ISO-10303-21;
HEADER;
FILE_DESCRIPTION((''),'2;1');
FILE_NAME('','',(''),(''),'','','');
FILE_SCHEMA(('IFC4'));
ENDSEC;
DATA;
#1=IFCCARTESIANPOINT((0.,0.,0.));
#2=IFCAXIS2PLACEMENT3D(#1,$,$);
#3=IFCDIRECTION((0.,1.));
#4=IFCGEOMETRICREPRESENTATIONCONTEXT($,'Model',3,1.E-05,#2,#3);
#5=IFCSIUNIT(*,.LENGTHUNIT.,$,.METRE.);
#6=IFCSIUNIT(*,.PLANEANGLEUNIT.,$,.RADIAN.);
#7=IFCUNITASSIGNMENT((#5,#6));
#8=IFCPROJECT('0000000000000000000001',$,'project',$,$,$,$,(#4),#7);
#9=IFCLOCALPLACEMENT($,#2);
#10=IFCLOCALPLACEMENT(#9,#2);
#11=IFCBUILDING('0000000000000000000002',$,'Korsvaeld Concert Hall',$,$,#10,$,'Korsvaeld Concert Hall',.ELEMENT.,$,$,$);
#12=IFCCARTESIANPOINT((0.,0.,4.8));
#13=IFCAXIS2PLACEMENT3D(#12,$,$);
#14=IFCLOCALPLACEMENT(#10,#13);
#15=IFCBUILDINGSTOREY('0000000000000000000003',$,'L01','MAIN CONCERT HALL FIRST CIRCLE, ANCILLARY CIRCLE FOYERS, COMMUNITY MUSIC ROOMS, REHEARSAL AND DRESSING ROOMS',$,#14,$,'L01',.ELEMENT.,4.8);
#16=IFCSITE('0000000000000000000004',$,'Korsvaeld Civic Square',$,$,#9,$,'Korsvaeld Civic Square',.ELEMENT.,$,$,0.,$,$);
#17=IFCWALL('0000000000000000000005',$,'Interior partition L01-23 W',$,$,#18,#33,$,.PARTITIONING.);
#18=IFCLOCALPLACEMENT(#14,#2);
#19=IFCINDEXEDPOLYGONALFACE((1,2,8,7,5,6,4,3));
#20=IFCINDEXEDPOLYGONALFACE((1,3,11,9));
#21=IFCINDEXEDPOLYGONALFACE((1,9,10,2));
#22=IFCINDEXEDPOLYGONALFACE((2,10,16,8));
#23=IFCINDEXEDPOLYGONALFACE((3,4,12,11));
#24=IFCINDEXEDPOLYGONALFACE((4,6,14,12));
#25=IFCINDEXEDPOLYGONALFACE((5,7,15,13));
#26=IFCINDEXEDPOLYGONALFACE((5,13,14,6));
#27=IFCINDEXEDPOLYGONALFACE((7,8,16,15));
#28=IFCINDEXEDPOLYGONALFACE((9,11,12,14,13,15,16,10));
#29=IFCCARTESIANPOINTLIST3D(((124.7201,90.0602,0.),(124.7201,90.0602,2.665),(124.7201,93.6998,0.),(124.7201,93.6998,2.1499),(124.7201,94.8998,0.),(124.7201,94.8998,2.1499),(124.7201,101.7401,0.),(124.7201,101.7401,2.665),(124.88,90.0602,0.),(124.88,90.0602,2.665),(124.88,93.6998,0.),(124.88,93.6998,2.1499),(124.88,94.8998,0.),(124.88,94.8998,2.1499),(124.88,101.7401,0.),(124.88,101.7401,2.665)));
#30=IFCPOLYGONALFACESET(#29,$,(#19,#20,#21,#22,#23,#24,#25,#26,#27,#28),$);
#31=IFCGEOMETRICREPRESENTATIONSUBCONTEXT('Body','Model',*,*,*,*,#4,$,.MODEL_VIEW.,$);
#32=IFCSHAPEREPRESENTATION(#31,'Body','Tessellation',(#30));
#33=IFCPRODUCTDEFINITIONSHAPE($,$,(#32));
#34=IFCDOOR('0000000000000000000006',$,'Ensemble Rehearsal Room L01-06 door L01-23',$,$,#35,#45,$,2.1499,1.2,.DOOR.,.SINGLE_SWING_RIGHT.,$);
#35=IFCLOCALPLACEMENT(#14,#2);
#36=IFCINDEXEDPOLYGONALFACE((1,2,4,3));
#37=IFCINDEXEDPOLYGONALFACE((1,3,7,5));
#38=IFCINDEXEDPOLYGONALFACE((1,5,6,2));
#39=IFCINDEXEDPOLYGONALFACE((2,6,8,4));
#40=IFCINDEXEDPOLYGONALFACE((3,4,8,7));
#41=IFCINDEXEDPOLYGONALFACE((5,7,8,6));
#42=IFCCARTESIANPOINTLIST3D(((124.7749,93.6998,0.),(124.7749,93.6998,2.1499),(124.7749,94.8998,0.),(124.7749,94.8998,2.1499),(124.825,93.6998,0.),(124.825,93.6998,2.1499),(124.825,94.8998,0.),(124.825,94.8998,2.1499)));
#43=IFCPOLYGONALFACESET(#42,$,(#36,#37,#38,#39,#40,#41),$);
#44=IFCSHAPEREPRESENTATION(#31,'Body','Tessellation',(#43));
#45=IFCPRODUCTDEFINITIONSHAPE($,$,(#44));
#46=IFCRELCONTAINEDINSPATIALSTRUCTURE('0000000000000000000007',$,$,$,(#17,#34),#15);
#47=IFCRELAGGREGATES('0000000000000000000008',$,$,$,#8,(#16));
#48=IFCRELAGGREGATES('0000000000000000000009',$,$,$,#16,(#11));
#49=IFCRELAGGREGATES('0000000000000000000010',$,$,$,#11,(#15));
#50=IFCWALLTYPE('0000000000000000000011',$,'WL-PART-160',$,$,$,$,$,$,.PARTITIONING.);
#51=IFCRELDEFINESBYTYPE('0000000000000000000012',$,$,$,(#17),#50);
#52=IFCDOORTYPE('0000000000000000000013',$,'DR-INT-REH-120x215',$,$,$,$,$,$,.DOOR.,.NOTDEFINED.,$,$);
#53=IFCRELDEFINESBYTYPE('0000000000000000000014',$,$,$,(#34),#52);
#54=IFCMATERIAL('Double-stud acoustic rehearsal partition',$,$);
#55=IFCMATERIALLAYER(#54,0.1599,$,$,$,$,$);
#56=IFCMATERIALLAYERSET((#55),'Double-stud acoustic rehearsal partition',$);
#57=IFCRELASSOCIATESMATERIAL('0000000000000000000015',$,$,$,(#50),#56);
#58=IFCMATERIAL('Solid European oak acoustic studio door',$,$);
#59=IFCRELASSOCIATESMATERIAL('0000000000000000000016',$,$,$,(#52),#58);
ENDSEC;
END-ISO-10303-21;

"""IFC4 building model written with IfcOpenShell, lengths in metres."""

from ifc_helpers import new_model, si_unit, direction, frame, frame_2d, origin, place, context, subcontext, project, spatial, rectangle, extrude, material, layer, layer_set, type_object, element, fill, save


model = new_model("IFC4")

# Units and contexts
model_context = context("Model", 3, precision=1e-05, world=origin(), true_north=direction((0.0, 1.0)))
body_context = subcontext(model_context, "Body", "Model", "MODEL_VIEW")
ifc_project = project(units=[si_unit("LENGTHUNIT", "METRE"), si_unit("PLANEANGLEUNIT", "RADIAN")], contexts=[model_context])

# Site, building, storey
site_placement = place(None, origin())
site = spatial("IfcSite", under=ifc_project, at=site_placement, Name="Korsvaeld Civic Square", LongName="Korsvaeld Civic Square", CompositionType="ELEMENT", RefElevation=0.0)
building_placement = place(site_placement, origin())
building = spatial("IfcBuilding", under=site, at=building_placement, Name="Korsvaeld Concert Hall", LongName="Korsvaeld Concert Hall", CompositionType="ELEMENT")
storey_placement = place(building_placement, frame((0.0, 0.0, 4.8)))
storey = spatial("IfcBuildingStorey", under=building, at=storey_placement, Name="L01", Description="MAIN CONCERT HALL FIRST CIRCLE, ANCILLARY CIRCLE FOYERS, COMMUNITY MUSIC ROOMS, REHEARSAL AND DRESSING ROOMS", LongName="L01", CompositionType="ELEMENT", Elevation=4.8)

# Shared definitions
ifc_material_1 = material(Name="Double-stud acoustic rehearsal partition")
ifc_layer = layer(ifc_material_1, 0.1599)
ifc_layer_set = layer_set([ifc_layer], Name="Double-stud acoustic rehearsal partition")
wall_type = type_object("IfcWallType", Name="WL-PART-160", PredefinedType="PARTITIONING", material=ifc_layer_set)
ifc_material_2 = material(Name="Solid European oak acoustic studio door")
door_type = type_object("IfcDoorType", Name="DR-INT-REH-120x215", OperationType="NOTDEFINED", PredefinedType="DOOR", material=ifc_material_2)

# Wall, opening, door
wall_1_placement = place(storey_placement, frame((124.8, 101.74, 0.0), z_axis=(0.0, 0.0, 1.0), x_axis=(0.0, -1.0, 0.0)))
wall_1 = element("IfcWall", 1, at=wall_1_placement, inside=storey, type_object=wall_type, Name="Interior partition L01-23 W", PredefinedType="PARTITIONING", context=body_context, shape_type="SweptSolid", body=[
    extrude(rectangle(XDim=11.6799, YDim=0.1599, at=frame_2d((5.8398, 0.0))), origin(), (0.0, 0.0, 1.0), 2.665),
])
opening_1_placement = place(wall_1_placement, frame((6.8401, 0.0, 0.0)))
opening_1 = element("IfcOpeningElement", 2, at=opening_1_placement, cuts=wall_1, PredefinedType="OPENING", context=body_context, shape_type="SweptSolid", body=[
    extrude(rectangle(XDim=1.2, YDim=2.1499, at=frame_2d((0.6001, 1.075))), frame((0.0, 0.0898, 0.0), z_axis=(0.0, -1.0, 0.0), x_axis=(1.0, 0.0, 0.0)), (0.0, 0.0, 1.0), 0.1799),
])
door_1_placement = place(opening_1_placement, origin())
door_1 = element("IfcDoor", 3, at=door_1_placement, inside=storey, type_object=door_type, Name="Ensemble Rehearsal Room L01-06 door L01-23", OperationType="SINGLE_SWING_RIGHT", OverallHeight=2.1499, OverallWidth=1.2, PredefinedType="DOOR", context=body_context, shape_type="SweptSolid", body=[
    extrude(rectangle(XDim=1.2, YDim=2.1499, at=frame_2d((0.6001, 1.075))), frame((0.0, 0.0249, 0.0), z_axis=(0.0, -1.0, 0.0), x_axis=(1.0, 0.0, 0.0)), (0.0, 0.0, 1.0), 0.05),
])
fill(opening_1, door_1)

save(model, "model.ifc")
